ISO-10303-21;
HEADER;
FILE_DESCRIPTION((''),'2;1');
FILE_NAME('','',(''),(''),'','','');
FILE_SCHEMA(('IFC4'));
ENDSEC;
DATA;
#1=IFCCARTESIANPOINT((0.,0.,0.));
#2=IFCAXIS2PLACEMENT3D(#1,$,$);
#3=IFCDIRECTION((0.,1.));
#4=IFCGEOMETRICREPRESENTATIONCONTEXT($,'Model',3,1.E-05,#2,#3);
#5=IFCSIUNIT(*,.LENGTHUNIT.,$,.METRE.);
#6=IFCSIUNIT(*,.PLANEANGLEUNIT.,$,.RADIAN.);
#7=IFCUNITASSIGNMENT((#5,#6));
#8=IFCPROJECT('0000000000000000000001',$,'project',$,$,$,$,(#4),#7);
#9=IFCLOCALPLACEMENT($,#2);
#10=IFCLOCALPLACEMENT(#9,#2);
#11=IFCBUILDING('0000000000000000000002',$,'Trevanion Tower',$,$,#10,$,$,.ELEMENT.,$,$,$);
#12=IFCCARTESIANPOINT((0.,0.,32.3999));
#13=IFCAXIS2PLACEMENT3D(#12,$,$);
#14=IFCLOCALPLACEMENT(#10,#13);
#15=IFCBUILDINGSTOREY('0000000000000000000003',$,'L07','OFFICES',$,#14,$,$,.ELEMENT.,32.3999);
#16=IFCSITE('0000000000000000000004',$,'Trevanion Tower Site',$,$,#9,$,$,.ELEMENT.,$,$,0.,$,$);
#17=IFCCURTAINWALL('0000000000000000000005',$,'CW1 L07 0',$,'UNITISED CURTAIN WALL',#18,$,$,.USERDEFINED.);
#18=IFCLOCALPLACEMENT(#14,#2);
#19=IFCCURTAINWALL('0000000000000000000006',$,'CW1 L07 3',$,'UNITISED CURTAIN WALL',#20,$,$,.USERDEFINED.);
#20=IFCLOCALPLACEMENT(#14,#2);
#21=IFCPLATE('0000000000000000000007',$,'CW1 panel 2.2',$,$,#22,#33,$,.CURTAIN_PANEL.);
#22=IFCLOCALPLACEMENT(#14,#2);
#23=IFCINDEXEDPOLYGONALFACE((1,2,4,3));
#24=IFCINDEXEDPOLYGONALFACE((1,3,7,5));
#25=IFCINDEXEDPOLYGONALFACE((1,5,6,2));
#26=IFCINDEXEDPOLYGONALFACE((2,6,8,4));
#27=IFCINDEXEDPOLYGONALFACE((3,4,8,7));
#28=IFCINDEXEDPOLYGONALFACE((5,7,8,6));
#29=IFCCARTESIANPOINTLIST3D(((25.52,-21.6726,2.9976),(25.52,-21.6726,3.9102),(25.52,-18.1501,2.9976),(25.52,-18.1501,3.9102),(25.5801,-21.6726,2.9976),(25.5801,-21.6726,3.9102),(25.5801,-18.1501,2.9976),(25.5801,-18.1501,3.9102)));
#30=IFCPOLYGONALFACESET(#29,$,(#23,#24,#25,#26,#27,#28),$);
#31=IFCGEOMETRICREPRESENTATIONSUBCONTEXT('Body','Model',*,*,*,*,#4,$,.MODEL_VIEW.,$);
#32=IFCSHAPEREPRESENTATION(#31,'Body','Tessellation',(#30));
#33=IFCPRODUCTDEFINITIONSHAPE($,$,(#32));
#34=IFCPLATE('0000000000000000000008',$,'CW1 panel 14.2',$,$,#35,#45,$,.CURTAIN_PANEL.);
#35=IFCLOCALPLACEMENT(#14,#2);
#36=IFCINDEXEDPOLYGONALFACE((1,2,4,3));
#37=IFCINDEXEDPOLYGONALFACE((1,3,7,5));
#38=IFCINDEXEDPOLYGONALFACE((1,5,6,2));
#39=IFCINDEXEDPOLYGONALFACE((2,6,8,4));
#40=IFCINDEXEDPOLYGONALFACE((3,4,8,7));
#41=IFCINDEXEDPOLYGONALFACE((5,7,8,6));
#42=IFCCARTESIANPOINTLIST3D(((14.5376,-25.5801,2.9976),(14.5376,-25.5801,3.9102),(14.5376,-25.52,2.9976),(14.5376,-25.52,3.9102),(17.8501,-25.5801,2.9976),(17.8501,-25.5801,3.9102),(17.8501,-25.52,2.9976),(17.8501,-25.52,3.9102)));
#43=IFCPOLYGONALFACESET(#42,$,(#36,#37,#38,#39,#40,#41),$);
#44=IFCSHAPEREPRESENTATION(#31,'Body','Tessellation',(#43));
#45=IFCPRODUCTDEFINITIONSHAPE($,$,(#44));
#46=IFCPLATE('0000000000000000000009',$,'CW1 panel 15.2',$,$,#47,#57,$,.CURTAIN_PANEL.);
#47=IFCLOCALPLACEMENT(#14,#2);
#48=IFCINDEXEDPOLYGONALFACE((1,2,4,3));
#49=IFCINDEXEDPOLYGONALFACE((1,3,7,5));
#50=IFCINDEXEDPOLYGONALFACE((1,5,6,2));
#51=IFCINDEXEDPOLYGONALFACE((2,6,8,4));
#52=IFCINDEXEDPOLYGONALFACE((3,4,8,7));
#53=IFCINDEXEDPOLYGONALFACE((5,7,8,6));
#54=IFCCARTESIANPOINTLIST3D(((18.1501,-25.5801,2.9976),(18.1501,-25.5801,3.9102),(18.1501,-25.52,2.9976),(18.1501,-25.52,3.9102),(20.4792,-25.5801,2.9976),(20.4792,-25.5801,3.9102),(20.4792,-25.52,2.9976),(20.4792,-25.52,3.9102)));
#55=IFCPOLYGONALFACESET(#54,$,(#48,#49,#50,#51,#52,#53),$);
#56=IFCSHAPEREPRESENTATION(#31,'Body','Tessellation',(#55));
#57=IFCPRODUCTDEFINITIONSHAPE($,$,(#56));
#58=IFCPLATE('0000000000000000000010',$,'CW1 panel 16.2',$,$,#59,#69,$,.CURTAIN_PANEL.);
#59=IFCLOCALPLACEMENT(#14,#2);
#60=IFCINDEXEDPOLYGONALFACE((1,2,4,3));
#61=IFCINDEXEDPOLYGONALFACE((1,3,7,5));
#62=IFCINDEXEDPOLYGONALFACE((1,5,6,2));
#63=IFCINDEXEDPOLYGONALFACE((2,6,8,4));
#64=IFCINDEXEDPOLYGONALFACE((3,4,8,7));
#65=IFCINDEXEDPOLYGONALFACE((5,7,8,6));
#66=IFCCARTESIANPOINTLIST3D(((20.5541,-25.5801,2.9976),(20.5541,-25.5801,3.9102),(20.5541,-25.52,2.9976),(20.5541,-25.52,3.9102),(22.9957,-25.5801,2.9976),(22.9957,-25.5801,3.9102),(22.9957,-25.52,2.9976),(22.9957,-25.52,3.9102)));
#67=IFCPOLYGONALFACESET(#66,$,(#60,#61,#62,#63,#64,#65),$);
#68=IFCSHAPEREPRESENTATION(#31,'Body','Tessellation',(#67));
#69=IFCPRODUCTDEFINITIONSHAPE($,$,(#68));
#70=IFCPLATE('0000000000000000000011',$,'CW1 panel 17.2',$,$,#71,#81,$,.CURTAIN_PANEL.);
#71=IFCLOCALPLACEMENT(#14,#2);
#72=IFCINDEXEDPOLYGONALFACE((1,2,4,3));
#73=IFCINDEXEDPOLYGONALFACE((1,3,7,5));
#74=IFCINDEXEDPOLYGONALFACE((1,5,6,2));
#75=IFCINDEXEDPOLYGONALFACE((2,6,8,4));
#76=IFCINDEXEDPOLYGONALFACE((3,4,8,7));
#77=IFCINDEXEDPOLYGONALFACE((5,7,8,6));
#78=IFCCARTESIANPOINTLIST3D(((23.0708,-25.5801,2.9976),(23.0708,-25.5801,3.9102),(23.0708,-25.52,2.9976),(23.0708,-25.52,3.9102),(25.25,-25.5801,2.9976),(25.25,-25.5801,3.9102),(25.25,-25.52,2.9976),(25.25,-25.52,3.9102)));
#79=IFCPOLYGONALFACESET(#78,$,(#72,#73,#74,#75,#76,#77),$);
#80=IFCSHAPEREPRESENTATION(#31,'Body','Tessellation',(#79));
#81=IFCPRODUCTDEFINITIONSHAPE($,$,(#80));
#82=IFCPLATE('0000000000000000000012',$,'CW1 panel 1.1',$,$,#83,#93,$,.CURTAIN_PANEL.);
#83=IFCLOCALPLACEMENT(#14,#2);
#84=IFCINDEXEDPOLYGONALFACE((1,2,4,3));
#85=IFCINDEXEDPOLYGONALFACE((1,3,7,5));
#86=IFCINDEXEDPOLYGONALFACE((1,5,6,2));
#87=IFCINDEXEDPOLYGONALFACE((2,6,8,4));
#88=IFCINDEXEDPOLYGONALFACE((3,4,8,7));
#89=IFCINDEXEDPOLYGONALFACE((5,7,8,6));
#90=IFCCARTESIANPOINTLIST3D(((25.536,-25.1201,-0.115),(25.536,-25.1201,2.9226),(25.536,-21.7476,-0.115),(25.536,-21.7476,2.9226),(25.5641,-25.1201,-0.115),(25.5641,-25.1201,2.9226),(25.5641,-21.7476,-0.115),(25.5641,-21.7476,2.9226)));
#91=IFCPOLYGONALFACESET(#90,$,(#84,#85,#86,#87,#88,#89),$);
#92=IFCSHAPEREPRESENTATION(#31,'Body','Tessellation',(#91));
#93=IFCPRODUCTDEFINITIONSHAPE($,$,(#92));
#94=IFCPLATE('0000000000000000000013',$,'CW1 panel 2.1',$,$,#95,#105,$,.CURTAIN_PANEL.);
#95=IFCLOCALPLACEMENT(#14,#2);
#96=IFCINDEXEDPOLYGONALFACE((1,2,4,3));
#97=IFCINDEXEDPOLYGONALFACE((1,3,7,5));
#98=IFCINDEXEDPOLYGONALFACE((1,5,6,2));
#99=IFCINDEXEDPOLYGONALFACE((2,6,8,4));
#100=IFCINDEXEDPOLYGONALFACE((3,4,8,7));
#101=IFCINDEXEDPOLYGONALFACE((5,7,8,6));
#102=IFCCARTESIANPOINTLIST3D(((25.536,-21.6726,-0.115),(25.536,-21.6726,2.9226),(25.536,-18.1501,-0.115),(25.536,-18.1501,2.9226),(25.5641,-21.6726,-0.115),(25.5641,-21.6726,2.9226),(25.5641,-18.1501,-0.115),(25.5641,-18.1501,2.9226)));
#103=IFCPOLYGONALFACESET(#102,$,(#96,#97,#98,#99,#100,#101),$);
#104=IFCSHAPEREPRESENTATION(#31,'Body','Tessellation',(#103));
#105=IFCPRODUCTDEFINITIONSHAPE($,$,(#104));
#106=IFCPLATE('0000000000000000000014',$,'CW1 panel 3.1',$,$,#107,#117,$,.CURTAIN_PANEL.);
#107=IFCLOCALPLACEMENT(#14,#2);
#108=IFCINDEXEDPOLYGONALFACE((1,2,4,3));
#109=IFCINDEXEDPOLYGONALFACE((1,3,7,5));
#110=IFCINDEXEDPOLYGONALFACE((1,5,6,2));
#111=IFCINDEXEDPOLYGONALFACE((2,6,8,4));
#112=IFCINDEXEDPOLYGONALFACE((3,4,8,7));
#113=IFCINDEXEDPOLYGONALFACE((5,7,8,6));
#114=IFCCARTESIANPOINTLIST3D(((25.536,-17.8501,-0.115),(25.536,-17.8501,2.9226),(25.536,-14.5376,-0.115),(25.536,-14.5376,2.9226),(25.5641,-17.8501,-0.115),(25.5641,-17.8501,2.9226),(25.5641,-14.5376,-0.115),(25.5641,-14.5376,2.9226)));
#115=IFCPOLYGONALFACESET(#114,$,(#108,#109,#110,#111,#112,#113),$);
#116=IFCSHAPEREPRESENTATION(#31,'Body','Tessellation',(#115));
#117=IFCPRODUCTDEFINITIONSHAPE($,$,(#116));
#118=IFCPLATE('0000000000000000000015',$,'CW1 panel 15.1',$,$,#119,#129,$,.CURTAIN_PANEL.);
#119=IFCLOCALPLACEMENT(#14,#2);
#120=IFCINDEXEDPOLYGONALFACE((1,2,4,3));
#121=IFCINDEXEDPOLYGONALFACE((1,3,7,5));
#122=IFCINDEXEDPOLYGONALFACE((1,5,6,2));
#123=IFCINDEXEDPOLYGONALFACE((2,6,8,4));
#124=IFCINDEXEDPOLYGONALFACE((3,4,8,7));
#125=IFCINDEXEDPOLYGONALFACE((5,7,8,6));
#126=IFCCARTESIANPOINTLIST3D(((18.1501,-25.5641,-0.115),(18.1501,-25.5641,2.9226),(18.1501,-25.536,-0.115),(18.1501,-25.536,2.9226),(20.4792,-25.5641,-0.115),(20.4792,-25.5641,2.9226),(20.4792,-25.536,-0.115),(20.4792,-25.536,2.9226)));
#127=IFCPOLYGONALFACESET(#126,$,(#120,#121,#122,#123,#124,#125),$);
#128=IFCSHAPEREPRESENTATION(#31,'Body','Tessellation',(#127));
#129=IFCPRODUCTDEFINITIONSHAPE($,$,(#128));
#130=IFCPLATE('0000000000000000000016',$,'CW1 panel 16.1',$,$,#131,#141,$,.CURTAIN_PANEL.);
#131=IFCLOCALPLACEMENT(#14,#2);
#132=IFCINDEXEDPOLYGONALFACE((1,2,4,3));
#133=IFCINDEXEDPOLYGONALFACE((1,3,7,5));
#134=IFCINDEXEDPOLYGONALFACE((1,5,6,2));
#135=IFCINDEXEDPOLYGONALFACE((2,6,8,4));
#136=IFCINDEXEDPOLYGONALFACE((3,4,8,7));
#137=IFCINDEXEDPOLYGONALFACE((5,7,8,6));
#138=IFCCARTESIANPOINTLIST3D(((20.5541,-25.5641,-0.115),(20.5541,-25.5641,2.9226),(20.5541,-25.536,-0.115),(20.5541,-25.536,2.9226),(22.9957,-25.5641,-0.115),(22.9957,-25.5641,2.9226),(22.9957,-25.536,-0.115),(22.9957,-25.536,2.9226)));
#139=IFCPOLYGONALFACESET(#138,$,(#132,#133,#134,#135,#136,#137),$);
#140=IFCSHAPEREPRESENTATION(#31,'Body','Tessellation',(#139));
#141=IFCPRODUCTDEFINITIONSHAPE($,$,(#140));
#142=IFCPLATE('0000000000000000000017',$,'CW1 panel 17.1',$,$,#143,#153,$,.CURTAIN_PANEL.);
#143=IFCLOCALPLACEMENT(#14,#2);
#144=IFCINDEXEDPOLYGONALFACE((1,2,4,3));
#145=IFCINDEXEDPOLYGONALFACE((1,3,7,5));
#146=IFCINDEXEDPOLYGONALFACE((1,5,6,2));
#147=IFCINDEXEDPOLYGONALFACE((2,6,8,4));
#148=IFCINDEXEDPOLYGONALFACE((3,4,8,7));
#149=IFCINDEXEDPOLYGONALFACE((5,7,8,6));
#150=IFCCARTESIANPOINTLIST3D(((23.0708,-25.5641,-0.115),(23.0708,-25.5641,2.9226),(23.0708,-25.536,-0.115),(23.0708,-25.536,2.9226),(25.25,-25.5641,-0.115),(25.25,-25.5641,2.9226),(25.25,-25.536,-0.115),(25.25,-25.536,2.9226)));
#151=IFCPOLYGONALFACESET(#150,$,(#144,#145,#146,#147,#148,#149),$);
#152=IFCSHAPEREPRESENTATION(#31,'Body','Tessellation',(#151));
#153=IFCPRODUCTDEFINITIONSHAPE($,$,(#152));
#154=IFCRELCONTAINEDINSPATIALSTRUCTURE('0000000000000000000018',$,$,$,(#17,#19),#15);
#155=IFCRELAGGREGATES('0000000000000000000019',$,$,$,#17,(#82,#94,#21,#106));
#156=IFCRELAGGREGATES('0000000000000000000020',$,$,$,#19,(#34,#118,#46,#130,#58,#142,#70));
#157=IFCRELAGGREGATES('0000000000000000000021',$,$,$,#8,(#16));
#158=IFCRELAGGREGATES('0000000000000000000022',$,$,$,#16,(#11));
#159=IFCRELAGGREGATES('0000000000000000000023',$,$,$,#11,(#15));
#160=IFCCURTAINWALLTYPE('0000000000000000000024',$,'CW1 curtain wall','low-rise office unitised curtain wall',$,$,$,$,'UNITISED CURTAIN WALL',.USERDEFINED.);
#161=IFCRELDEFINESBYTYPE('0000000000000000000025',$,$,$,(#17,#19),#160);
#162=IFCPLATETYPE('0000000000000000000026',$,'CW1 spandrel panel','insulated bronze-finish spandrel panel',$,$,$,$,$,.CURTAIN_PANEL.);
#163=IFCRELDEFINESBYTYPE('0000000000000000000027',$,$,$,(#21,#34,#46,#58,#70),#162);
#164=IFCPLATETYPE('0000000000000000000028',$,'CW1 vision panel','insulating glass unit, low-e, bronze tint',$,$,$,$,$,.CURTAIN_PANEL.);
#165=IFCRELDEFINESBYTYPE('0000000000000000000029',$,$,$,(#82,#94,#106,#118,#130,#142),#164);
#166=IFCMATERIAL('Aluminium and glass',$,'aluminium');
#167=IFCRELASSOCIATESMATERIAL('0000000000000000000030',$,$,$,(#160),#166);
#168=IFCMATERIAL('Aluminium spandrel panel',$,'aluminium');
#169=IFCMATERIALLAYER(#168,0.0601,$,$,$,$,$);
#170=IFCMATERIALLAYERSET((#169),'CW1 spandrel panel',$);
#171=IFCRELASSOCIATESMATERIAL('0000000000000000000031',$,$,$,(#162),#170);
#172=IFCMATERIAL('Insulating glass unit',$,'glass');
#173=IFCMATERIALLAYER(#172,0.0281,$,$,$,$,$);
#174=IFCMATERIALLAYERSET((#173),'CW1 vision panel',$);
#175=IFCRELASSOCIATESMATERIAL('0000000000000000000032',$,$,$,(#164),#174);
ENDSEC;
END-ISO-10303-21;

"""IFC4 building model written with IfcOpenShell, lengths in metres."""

from ifc_helpers import new_model, si_unit, direction, frame, origin, origin_2d, place, context, subcontext, project, spatial, rectangle, extrude, material, layer, layer_set, type_object, element, aggregate, save


model = new_model("IFC4")

# Units and contexts
model_context = context("Model", 3, precision=1e-05, world=origin(), true_north=direction((0.0, 1.0)))
body_context = subcontext(model_context, "Body", "Model", "MODEL_VIEW")
ifc_project = project(units=[si_unit("LENGTHUNIT", "METRE"), si_unit("PLANEANGLEUNIT", "RADIAN")], contexts=[model_context])

# Site, building, storey
site_placement = place(None, origin())
site = spatial("IfcSite", under=ifc_project, at=site_placement, Name="Trevanion Tower Site", CompositionType="ELEMENT", RefElevation=0.0)
building_placement = place(site_placement, origin())
building = spatial("IfcBuilding", under=site, at=building_placement, Name="Trevanion Tower", CompositionType="ELEMENT")
storey_placement = place(building_placement, frame((0.0, 0.0, 32.3999)))
storey = spatial("IfcBuildingStorey", under=building, at=storey_placement, Name="L07", Description="OFFICES", CompositionType="ELEMENT", Elevation=32.3999)

# Curtain wall
ifc_material_1 = material(Name="Aluminium and glass", Category="aluminium")
curtain_wall_type = type_object("IfcCurtainWallType", Name="CW1 curtain wall", Description="low-rise office unitised curtain wall", ElementType="UNITISED CURTAIN WALL", PredefinedType="USERDEFINED", material=ifc_material_1)
curtain_wall_1_placement = place(storey_placement, origin())
curtain_wall_1 = element("IfcCurtainWall", 1, at=curtain_wall_1_placement, inside=storey, type_object=curtain_wall_type, Name="CW1 L07 0", ObjectType="UNITISED CURTAIN WALL", PredefinedType="USERDEFINED")

# Curtain wall
curtain_wall_2_placement = place(storey_placement, origin())
curtain_wall_2 = element("IfcCurtainWall", 2, at=curtain_wall_2_placement, inside=storey, type_object=curtain_wall_type, Name="CW1 L07 3", ObjectType="UNITISED CURTAIN WALL", PredefinedType="USERDEFINED")

# Plates
ifc_material_2 = material(Name="Aluminium spandrel panel", Category="aluminium")
ifc_layer_1 = layer(ifc_material_2, 0.0601)
ifc_layer_set_1 = layer_set([ifc_layer_1], Name="CW1 spandrel panel")
plate_type_1 = type_object("IfcPlateType", Name="CW1 spandrel panel", Description="insulated bronze-finish spandrel panel", PredefinedType="CURTAIN_PANEL", material=ifc_layer_set_1)
plate_1_placement = place(storey_placement, frame((25.55, -19.9114, 2.9976), z_axis=(0.0, 0.0, 1.0), x_axis=(0.0, 1.0, 0.0)))
plate_1 = element("IfcPlate", 3, at=plate_1_placement, type_object=plate_type_1, Name="CW1 panel 2.2", PredefinedType="CURTAIN_PANEL", context=body_context, shape_type="SweptSolid", body=[
    extrude(rectangle(XDim=3.5225, YDim=0.0601, at=origin_2d()), origin(), (0.0, 0.0, 1.0), 0.9126),
])
plate_2_placement = place(storey_placement, frame((16.1938, -25.55, 2.9976), z_axis=(0.0, 0.0, 1.0), x_axis=(1.0, 0.0, 0.0)))
plate_2 = element("IfcPlate", 4, at=plate_2_placement, type_object=plate_type_1, Name="CW1 panel 14.2", PredefinedType="CURTAIN_PANEL", context=body_context, shape_type="SweptSolid", body=[
    extrude(rectangle(XDim=3.3125, YDim=0.0601, at=origin_2d()), origin(), (0.0, 0.0, 1.0), 0.9126),
])
plate_3_placement = place(storey_placement, frame((19.3147, -25.55, 2.9976), z_axis=(0.0, 0.0, 1.0), x_axis=(1.0, 0.0, 0.0)))
plate_3 = element("IfcPlate", 5, at=plate_3_placement, type_object=plate_type_1, Name="CW1 panel 15.2", PredefinedType="CURTAIN_PANEL", context=body_context, shape_type="SweptSolid", body=[
    extrude(rectangle(XDim=2.3291, YDim=0.0601, at=origin_2d()), origin(), (0.0, 0.0, 1.0), 0.9126),
])
plate_4_placement = place(storey_placement, frame((21.7749, -25.55, 2.9976), z_axis=(0.0, 0.0, 1.0), x_axis=(1.0, 0.0, 0.0)))
plate_4 = element("IfcPlate", 6, at=plate_4_placement, type_object=plate_type_1, Name="CW1 panel 16.2", PredefinedType="CURTAIN_PANEL", context=body_context, shape_type="SweptSolid", body=[
    extrude(rectangle(XDim=2.4417, YDim=0.0601, at=origin_2d()), origin(), (0.0, 0.0, 1.0), 0.9126),
])
plate_5_placement = place(storey_placement, frame((24.1604, -25.55, 2.9976), z_axis=(0.0, 0.0, 1.0), x_axis=(1.0, 0.0, 0.0)))
plate_5 = element("IfcPlate", 7, at=plate_5_placement, type_object=plate_type_1, Name="CW1 panel 17.2", PredefinedType="CURTAIN_PANEL", context=body_context, shape_type="SweptSolid", body=[
    extrude(rectangle(XDim=2.1792, YDim=0.0601, at=origin_2d()), origin(), (0.0, 0.0, 1.0), 0.9126),
])
ifc_material_3 = material(Name="Insulating glass unit", Category="glass")
ifc_layer_2 = layer(ifc_material_3, 0.0281)
ifc_layer_set_2 = layer_set([ifc_layer_2], Name="CW1 vision panel")
plate_type_2 = type_object("IfcPlateType", Name="CW1 vision panel", Description="insulating glass unit, low-e, bronze tint", PredefinedType="CURTAIN_PANEL", material=ifc_layer_set_2)
plate_6_placement = place(storey_placement, frame((25.55, -23.4338, -0.115), z_axis=(0.0, 0.0, 1.0), x_axis=(0.0, 1.0, 0.0)))
plate_6 = element("IfcPlate", 8, at=plate_6_placement, type_object=plate_type_2, Name="CW1 panel 1.1", PredefinedType="CURTAIN_PANEL", context=body_context, shape_type="SweptSolid", body=[
    extrude(rectangle(XDim=3.3726, YDim=0.0281, at=origin_2d()), origin(), (0.0, 0.0, 1.0), 3.0376),
])
plate_7_placement = place(storey_placement, frame((25.55, -19.9114, -0.115), z_axis=(0.0, 0.0, 1.0), x_axis=(0.0, 1.0, 0.0)))
plate_7 = element("IfcPlate", 9, at=plate_7_placement, type_object=plate_type_2, Name="CW1 panel 2.1", PredefinedType="CURTAIN_PANEL", context=body_context, shape_type="SweptSolid", body=[
    extrude(rectangle(XDim=3.5225, YDim=0.0281, at=origin_2d()), origin(), (0.0, 0.0, 1.0), 3.0376),
])
plate_8_placement = place(storey_placement, frame((25.55, -16.1938, -0.115), z_axis=(0.0, 0.0, 1.0), x_axis=(0.0, 1.0, 0.0)))
plate_8 = element("IfcPlate", 10, at=plate_8_placement, type_object=plate_type_2, Name="CW1 panel 3.1", PredefinedType="CURTAIN_PANEL", context=body_context, shape_type="SweptSolid", body=[
    extrude(rectangle(XDim=3.3125, YDim=0.0281, at=origin_2d()), origin(), (0.0, 0.0, 1.0), 3.0376),
])
aggregate(curtain_wall_1, [plate_6, plate_7, plate_1, plate_8])
plate_9_placement = place(storey_placement, frame((19.3147, -25.55, -0.115), z_axis=(0.0, 0.0, 1.0), x_axis=(1.0, 0.0, 0.0)))
plate_9 = element("IfcPlate", 11, at=plate_9_placement, type_object=plate_type_2, Name="CW1 panel 15.1", PredefinedType="CURTAIN_PANEL", context=body_context, shape_type="SweptSolid", body=[
    extrude(rectangle(XDim=2.3291, YDim=0.0281, at=origin_2d()), origin(), (0.0, 0.0, 1.0), 3.0376),
])
plate_10_placement = place(storey_placement, frame((21.7749, -25.55, -0.115), z_axis=(0.0, 0.0, 1.0), x_axis=(1.0, 0.0, 0.0)))
plate_10 = element("IfcPlate", 12, at=plate_10_placement, type_object=plate_type_2, Name="CW1 panel 16.1", PredefinedType="CURTAIN_PANEL", context=body_context, shape_type="SweptSolid", body=[
    extrude(rectangle(XDim=2.4417, YDim=0.0281, at=origin_2d()), origin(), (0.0, 0.0, 1.0), 3.0376),
])
plate_11_placement = place(storey_placement, frame((24.1604, -25.55, -0.115), z_axis=(0.0, 0.0, 1.0), x_axis=(1.0, 0.0, 0.0)))
plate_11 = element("IfcPlate", 13, at=plate_11_placement, type_object=plate_type_2, Name="CW1 panel 17.1", PredefinedType="CURTAIN_PANEL", context=body_context, shape_type="SweptSolid", body=[
    extrude(rectangle(XDim=2.1792, YDim=0.0281, at=origin_2d()), origin(), (0.0, 0.0, 1.0), 3.0376),
])
aggregate(curtain_wall_2, [plate_2, plate_9, plate_3, plate_10, plate_4, plate_11, plate_5])

save(model, "model.ifc")
